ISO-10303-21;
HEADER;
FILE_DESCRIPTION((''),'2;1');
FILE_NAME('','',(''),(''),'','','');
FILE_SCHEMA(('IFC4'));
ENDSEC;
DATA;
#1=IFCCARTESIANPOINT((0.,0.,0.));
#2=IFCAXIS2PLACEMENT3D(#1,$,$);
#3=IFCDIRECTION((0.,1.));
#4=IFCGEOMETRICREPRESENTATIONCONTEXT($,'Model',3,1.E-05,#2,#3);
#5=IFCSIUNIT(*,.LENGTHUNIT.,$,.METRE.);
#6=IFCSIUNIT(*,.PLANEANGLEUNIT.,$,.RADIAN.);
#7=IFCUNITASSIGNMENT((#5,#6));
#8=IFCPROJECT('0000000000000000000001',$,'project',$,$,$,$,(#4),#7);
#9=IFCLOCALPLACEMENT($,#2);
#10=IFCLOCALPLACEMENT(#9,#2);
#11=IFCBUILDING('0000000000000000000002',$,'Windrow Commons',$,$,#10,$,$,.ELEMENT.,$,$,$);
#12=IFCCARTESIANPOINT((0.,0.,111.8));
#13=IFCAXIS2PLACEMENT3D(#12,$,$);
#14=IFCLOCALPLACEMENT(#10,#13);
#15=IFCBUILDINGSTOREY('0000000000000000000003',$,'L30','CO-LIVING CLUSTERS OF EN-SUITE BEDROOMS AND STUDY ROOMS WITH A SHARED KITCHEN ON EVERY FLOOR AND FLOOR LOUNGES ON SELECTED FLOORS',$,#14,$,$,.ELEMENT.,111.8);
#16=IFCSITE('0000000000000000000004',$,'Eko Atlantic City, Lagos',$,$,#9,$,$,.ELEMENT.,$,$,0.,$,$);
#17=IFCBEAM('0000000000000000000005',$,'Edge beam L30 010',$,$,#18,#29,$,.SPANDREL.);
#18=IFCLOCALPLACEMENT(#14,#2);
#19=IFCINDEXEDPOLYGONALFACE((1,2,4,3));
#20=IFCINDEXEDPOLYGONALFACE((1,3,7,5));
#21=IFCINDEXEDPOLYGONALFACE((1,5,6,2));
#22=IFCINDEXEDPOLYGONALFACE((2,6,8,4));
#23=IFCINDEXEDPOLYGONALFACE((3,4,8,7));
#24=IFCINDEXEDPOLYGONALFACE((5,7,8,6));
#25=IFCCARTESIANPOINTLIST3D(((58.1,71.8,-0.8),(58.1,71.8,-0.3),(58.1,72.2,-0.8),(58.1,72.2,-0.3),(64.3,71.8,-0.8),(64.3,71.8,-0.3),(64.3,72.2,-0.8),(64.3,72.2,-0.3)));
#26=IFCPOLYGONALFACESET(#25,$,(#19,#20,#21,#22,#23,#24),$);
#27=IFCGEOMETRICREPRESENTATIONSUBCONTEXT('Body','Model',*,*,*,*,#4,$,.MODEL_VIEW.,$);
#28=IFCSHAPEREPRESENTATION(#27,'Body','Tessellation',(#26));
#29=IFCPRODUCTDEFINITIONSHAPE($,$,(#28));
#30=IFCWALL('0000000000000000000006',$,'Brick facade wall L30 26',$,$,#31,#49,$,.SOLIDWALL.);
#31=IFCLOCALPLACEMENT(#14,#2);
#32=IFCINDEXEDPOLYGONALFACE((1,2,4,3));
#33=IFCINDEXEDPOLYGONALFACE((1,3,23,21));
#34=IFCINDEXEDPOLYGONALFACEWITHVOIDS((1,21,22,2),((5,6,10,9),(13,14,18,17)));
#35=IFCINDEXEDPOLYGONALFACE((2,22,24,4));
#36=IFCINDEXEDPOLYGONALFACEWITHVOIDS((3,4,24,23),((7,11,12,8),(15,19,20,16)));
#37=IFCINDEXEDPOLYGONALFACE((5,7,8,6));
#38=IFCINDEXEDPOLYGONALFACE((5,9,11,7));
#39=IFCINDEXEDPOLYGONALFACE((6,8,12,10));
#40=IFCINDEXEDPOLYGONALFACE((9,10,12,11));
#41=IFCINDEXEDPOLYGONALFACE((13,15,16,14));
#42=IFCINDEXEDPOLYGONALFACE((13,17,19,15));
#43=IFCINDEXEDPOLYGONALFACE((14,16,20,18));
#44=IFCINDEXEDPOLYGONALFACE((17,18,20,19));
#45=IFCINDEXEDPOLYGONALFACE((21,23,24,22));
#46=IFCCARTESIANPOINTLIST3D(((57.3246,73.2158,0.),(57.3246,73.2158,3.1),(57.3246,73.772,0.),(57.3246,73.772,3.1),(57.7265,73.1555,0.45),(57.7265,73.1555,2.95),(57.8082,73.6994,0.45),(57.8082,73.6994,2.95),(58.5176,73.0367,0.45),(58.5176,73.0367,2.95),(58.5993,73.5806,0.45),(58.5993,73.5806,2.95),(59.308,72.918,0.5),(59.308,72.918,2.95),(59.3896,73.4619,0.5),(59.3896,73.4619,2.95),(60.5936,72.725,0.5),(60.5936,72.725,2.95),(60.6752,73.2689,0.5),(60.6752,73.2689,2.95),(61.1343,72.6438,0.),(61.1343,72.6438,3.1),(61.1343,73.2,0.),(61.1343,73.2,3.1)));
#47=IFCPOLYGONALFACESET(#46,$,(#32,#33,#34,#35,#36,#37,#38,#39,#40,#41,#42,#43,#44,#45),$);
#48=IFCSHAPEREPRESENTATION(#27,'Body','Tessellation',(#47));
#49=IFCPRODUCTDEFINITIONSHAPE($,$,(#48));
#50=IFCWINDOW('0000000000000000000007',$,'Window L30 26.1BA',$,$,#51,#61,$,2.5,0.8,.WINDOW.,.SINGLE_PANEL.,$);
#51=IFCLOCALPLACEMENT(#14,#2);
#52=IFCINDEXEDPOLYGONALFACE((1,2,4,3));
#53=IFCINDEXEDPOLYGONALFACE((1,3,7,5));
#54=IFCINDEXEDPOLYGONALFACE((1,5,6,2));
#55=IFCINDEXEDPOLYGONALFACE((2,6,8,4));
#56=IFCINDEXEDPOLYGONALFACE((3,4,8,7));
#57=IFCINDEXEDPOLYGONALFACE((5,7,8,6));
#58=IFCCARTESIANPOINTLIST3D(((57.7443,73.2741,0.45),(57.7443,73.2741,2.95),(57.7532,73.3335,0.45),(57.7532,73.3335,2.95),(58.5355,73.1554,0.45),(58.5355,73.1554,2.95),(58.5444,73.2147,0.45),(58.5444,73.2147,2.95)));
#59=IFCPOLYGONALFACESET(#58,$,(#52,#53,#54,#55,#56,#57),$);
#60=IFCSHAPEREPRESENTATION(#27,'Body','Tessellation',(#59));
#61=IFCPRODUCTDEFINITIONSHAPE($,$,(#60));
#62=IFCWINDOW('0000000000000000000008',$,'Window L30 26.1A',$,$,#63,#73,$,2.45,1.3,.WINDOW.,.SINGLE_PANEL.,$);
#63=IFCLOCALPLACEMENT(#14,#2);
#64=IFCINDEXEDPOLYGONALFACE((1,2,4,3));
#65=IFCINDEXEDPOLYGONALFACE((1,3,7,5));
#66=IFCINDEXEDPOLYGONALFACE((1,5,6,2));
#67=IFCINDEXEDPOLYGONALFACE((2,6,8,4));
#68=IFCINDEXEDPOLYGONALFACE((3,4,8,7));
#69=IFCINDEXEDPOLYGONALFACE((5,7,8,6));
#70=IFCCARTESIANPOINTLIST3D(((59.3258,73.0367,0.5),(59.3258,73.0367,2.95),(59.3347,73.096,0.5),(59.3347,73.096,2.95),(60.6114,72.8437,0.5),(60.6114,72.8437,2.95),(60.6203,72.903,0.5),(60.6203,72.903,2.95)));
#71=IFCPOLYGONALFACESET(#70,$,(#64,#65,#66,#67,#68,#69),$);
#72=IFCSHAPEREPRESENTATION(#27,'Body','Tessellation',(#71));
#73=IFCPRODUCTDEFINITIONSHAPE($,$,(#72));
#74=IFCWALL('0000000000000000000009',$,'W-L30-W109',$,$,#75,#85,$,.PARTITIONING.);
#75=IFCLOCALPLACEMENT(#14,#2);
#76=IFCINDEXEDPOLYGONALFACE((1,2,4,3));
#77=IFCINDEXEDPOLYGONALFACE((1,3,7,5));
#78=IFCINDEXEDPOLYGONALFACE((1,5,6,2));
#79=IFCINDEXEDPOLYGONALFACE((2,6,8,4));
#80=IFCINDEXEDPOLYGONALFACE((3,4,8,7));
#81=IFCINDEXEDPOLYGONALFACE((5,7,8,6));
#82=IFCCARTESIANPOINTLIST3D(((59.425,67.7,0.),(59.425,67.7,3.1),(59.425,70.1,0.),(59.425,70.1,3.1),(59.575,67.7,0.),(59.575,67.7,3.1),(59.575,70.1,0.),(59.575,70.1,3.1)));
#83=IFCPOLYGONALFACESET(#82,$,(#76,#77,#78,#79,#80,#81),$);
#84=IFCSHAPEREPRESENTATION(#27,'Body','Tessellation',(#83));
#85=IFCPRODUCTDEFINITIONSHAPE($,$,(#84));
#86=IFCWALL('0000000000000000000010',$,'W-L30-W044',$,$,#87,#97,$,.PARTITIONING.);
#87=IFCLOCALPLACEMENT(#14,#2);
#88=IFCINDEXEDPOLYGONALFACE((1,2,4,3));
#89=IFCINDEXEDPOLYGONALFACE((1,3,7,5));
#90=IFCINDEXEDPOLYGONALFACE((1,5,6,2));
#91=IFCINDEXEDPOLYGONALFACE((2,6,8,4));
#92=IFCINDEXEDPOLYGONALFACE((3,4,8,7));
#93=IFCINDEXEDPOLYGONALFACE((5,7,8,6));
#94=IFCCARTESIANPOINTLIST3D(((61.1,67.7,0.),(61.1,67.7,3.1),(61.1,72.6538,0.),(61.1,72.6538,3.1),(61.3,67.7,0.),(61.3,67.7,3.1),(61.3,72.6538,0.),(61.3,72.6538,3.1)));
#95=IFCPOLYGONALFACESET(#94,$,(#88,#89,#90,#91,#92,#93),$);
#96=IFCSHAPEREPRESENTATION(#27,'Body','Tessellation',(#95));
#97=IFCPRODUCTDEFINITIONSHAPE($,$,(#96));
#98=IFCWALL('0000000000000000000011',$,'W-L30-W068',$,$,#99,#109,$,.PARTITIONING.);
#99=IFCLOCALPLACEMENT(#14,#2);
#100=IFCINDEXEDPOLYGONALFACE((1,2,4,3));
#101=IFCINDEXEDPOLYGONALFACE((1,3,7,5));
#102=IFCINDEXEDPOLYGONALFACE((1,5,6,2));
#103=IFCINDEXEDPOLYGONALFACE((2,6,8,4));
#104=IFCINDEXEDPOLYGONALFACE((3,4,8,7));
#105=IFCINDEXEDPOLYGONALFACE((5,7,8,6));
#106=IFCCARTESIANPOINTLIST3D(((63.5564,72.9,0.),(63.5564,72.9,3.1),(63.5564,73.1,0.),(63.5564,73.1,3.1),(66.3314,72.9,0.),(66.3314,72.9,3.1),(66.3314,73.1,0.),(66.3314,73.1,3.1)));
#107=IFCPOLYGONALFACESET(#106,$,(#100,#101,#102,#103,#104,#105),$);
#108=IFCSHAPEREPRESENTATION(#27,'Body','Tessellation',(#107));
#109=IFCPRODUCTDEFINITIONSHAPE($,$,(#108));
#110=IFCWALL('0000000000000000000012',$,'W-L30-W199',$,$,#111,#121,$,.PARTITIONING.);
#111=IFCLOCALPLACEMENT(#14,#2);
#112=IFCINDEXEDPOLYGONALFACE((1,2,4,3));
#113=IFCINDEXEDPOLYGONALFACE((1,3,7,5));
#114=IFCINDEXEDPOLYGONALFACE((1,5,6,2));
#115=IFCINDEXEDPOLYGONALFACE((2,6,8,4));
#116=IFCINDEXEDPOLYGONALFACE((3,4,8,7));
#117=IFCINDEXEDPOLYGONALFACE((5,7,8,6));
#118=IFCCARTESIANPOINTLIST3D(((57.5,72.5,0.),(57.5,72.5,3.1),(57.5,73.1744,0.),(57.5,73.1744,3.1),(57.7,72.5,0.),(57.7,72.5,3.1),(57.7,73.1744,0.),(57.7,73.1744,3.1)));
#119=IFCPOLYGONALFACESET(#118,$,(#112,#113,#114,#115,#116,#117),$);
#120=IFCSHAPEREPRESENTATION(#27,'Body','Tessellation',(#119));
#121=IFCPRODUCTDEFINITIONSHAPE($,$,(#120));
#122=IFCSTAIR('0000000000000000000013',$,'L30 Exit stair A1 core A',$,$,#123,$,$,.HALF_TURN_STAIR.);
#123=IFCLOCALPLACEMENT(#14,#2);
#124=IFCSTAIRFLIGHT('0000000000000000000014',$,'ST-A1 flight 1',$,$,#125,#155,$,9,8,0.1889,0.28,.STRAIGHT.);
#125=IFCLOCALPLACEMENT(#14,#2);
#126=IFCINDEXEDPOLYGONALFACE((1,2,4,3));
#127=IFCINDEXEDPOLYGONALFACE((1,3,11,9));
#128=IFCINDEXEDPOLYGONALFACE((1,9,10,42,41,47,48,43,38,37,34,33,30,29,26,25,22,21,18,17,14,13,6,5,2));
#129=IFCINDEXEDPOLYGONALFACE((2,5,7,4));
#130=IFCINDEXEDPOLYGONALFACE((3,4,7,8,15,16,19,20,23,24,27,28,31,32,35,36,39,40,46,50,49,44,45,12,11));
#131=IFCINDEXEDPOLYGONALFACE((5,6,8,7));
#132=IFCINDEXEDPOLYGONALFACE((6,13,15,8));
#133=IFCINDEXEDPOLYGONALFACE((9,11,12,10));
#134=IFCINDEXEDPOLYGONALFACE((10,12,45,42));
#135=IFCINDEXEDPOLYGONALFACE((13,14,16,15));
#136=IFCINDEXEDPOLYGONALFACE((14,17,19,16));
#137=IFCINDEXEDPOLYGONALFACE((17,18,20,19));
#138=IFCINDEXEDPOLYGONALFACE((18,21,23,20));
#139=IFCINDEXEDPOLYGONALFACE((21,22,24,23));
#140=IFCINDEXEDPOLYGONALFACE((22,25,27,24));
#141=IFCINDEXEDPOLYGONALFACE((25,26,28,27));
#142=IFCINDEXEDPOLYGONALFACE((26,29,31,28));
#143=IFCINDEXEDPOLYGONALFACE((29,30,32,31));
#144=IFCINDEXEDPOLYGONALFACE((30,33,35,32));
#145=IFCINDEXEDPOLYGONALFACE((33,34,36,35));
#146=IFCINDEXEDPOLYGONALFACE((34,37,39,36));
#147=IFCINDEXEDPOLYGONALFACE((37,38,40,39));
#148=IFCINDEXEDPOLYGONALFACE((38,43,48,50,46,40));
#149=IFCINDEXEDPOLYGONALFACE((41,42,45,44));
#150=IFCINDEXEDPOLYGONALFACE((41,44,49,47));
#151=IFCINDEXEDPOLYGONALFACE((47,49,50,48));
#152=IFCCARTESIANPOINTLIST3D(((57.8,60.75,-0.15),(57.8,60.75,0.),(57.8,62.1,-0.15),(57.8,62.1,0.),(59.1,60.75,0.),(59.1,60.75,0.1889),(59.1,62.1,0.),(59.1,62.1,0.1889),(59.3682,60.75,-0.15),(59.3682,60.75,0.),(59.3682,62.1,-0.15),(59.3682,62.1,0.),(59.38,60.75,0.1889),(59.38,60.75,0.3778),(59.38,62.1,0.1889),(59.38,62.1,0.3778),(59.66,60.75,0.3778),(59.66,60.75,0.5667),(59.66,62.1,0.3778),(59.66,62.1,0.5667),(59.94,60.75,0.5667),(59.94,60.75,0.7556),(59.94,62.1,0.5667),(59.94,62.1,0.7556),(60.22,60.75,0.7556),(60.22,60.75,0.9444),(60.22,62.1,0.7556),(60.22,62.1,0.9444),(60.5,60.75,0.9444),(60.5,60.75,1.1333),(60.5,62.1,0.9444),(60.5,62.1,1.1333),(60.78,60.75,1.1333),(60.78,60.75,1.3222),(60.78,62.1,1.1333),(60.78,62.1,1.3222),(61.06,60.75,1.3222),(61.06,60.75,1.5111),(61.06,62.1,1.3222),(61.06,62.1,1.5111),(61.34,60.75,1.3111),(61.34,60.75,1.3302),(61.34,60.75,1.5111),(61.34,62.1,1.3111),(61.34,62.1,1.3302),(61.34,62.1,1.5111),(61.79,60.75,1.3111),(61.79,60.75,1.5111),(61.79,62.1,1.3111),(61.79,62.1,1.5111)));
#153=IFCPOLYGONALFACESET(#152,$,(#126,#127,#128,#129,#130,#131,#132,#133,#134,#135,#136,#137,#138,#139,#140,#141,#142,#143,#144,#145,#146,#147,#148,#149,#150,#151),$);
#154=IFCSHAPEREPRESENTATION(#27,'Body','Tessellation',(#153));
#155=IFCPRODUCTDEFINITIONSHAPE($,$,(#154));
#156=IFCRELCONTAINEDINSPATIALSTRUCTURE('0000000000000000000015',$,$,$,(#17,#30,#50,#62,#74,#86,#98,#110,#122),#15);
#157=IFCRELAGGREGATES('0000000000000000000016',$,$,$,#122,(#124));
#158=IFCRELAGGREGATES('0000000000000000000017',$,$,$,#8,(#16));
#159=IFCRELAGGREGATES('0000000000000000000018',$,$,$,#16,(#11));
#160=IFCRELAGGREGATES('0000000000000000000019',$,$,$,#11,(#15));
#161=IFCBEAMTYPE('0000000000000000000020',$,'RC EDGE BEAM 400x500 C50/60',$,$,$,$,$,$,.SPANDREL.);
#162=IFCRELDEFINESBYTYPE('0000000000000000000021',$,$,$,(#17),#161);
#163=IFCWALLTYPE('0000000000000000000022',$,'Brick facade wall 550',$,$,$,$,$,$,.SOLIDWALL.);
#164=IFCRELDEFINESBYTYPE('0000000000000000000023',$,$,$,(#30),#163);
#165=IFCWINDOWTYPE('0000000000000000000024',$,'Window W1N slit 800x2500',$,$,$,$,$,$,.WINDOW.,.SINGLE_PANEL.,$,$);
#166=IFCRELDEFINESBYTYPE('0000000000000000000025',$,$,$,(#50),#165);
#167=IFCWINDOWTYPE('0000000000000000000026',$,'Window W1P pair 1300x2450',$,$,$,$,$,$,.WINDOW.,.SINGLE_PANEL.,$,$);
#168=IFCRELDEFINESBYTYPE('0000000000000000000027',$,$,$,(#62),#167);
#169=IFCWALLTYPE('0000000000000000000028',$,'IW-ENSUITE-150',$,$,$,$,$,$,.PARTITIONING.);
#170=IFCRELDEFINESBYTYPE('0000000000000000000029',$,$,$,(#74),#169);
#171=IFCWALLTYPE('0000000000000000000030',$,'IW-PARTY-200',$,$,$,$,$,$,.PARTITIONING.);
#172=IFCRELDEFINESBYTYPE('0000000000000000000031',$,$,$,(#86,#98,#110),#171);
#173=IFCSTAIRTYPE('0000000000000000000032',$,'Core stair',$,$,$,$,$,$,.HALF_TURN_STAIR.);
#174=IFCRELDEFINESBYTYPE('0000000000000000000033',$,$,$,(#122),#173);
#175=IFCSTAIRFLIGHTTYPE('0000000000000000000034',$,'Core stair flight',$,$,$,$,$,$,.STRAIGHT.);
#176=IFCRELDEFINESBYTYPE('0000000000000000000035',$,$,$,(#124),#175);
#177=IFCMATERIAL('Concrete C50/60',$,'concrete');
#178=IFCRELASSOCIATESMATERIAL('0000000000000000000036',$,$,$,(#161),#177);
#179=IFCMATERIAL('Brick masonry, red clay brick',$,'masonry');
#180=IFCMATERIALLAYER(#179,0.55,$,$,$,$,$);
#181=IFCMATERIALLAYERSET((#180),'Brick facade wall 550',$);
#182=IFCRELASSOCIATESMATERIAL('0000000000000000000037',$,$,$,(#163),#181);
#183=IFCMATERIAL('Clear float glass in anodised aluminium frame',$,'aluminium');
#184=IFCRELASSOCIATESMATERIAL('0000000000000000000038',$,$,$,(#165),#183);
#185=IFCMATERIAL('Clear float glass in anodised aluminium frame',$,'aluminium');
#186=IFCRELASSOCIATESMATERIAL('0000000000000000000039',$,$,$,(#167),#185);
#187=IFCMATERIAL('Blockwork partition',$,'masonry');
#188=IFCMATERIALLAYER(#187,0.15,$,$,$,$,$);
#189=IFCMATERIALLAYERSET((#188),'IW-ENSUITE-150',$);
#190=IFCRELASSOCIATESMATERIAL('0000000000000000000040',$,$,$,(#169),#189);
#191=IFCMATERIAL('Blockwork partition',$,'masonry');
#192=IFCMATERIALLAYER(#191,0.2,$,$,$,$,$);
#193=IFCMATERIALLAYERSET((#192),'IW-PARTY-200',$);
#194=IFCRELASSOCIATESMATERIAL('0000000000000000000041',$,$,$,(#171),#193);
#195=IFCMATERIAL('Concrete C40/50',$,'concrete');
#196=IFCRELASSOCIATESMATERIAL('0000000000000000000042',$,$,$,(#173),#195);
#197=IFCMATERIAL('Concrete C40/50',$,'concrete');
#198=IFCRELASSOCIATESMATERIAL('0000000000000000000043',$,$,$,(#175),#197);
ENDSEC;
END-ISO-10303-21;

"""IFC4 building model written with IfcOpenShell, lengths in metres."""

from ifc_helpers import new_model, si_unit, direction, frame, frame_2d, origin, origin_2d, place, context, subcontext, project, spatial, polyline, rectangle, outline, extrude, material, layer, layer_set, material_profile, profile_set, type_object, element, fill, aggregate, save


model = new_model("IFC4")

# Units and contexts
model_context = context("Model", 3, precision=1e-05, world=origin(), true_north=direction((0.0, 1.0)))
body_context = subcontext(model_context, "Body", "Model", "MODEL_VIEW")
ifc_project = project(units=[si_unit("LENGTHUNIT", "METRE"), si_unit("PLANEANGLEUNIT", "RADIAN")], contexts=[model_context])

# Site, building, storey
site_placement = place(None, origin())
site = spatial("IfcSite", under=ifc_project, at=site_placement, Name="Eko Atlantic City, Lagos", CompositionType="ELEMENT", RefElevation=0.0)
building_placement = place(site_placement, origin())
building = spatial("IfcBuilding", under=site, at=building_placement, Name="Windrow Commons", CompositionType="ELEMENT")
storey_placement = place(building_placement, frame((0.0, 0.0, 111.8)))
storey = spatial("IfcBuildingStorey", under=building, at=storey_placement, Name="L30", Description="CO-LIVING CLUSTERS OF EN-SUITE BEDROOMS AND STUDY ROOMS WITH A SHARED KITCHEN ON EVERY FLOOR AND FLOOR LOUNGES ON SELECTED FLOORS", CompositionType="ELEMENT", Elevation=111.8)

# Beam
ifc_material_1 = material(Name="Concrete C50/60", Category="concrete")
ifc_material_profile = material_profile(ifc_material_1, rectangle(XDim=0.4, YDim=0.5, at=origin_2d()))
ifc_profile_set = profile_set([ifc_material_profile], Name="Concrete C50/60")
beam_type = type_object("IfcBeamType", Name="RC EDGE BEAM 400x500 C50/60", PredefinedType="SPANDREL", material=ifc_profile_set)
beam_placement = place(storey_placement, frame((58.1, 72.0, -0.55), z_axis=(1.0, 0.0, 0.0), x_axis=(0.0, 1.0, 0.0)))
element("IfcBeam", 1, at=beam_placement, inside=storey, type_object=beam_type, Name="Edge beam L30 010", PredefinedType="SPANDREL", context=body_context, shape_type="SweptSolid", body=[
    extrude(rectangle(XDim=0.4, YDim=0.5, at=origin_2d()), origin(), (0.0, 0.0, 1.0), 6.2),
])

# Wall, openings, windows
ifc_material_2 = material(Name="Brick masonry, red clay brick", Category="masonry")
ifc_layer_1 = layer(ifc_material_2, 0.55)
ifc_layer_set_1 = layer_set([ifc_layer_1], Name="Brick facade wall 550")
wall_type_1 = type_object("IfcWallType", Name="Brick facade wall 550", PredefinedType="SOLIDWALL", material=ifc_layer_set_1)
wall_1_placement = place(storey_placement, frame((61.1343, 72.9219, 0.0), z_axis=(0.0, 0.0, 1.0), x_axis=(-0.988916, 0.148479, 0.0)))
wall_1 = element("IfcWall", 2, at=wall_1_placement, inside=storey, type_object=wall_type_1, Name="Brick facade wall L30 26", PredefinedType="SOLIDWALL", context=body_context, shape_type="SweptSolid", body=[
    extrude(outline(polyline([(0.0413, -0.275), (3.8937, -0.275), (3.8111, 0.275), (-0.0413, 0.275), (0.0413, -0.275)])), origin(), (0.0, 0.0, 1.0), 3.1),
])
opening_1_placement = place(wall_1_placement, frame((0.5055, 0.0, 0.5)))
opening_1 = element("IfcOpeningElement", 3, at=opening_1_placement, cuts=wall_1, PredefinedType="OPENING", context=body_context, shape_type="SweptSolid", body=[
    extrude(rectangle(XDim=1.3, YDim=2.45, at=frame_2d((0.65, 1.225))), frame((0.0, 0.285, 0.0), z_axis=(0.0, -1.0, 0.0), x_axis=(1.0, 0.0, 0.0)), (0.0, 0.0, 1.0), 0.57),
])
opening_2_placement = place(wall_1_placement, frame((2.6047, 0.0, 0.45)))
opening_2 = element("IfcOpeningElement", 4, at=opening_2_placement, cuts=wall_1, PredefinedType="OPENING", context=body_context, shape_type="SweptSolid", body=[
    extrude(rectangle(XDim=0.8, YDim=2.5, at=frame_2d((0.4, 1.25))), frame((0.0, 0.285, 0.0), z_axis=(0.0, -1.0, 0.0), x_axis=(1.0, 0.0, 0.0)), (0.0, 0.0, 1.0), 0.57),
])
ifc_material_3 = material(Name="Clear float glass in anodised aluminium frame", Category="aluminium")
window_type_1 = type_object("IfcWindowType", Name="Window W1N slit 800x2500", PartitioningType="SINGLE_PANEL", PredefinedType="WINDOW", material=ifc_material_3)
window_1_placement = place(opening_2_placement, origin())
window_1 = element("IfcWindow", 5, at=window_1_placement, inside=storey, type_object=window_type_1, Name="Window L30 26.1BA", OverallHeight=2.5, OverallWidth=0.8, PartitioningType="SINGLE_PANEL", PredefinedType="WINDOW", context=body_context, shape_type="SweptSolid", body=[
    extrude(rectangle(XDim=0.8, YDim=2.5, at=frame_2d((0.4, 1.25))), frame((0.0, 0.155, 0.0), z_axis=(0.0, -1.0, 0.0), x_axis=(1.0, 0.0, 0.0)), (0.0, 0.0, 1.0), 0.06),
])
fill(opening_2, window_1)
ifc_material_4 = material(Name="Clear float glass in anodised aluminium frame", Category="aluminium")
window_type_2 = type_object("IfcWindowType", Name="Window W1P pair 1300x2450", PartitioningType="SINGLE_PANEL", PredefinedType="WINDOW", material=ifc_material_4)
window_2_placement = place(opening_1_placement, origin())
window_2 = element("IfcWindow", 6, at=window_2_placement, inside=storey, type_object=window_type_2, Name="Window L30 26.1A", OverallHeight=2.45, OverallWidth=1.3, PartitioningType="SINGLE_PANEL", PredefinedType="WINDOW", context=body_context, shape_type="SweptSolid", body=[
    extrude(rectangle(XDim=1.3, YDim=2.45, at=frame_2d((0.65, 1.225))), frame((0.0, 0.155, 0.0), z_axis=(0.0, -1.0, 0.0), x_axis=(1.0, 0.0, 0.0)), (0.0, 0.0, 1.0), 0.06),
])
fill(opening_1, window_2)

# Walls
ifc_material_5 = material(Name="Blockwork partition", Category="masonry")
ifc_layer_2 = layer(ifc_material_5, 0.15)
ifc_layer_set_2 = layer_set([ifc_layer_2], Name="IW-ENSUITE-150")
wall_type_2 = type_object("IfcWallType", Name="IW-ENSUITE-150", PredefinedType="PARTITIONING", material=ifc_layer_set_2)
wall_2_placement = place(storey_placement, frame((59.5, 67.7, 0.0), z_axis=(0.0, 0.0, 1.0), x_axis=(0.0, 1.0, 0.0)))
element("IfcWall", 7, at=wall_2_placement, inside=storey, type_object=wall_type_2, Name="W-L30-W109", PredefinedType="PARTITIONING", context=body_context, shape_type="SweptSolid", body=[
    extrude(rectangle(XDim=2.4, YDim=0.15, at=frame_2d((1.2, 0.0))), origin(), (0.0, 0.0, 1.0), 3.1),
])
ifc_material_6 = material(Name="Blockwork partition", Category="masonry")
ifc_layer_3 = layer(ifc_material_6, 0.2)
ifc_layer_set_3 = layer_set([ifc_layer_3], Name="IW-PARTY-200")
wall_type_3 = type_object("IfcWallType", Name="IW-PARTY-200", PredefinedType="PARTITIONING", material=ifc_layer_set_3)
wall_3_placement = place(storey_placement, frame((61.2, 67.7, 0.0), z_axis=(0.0, 0.0, 1.0), x_axis=(0.0, 1.0, 0.0)))
element("IfcWall", 8, at=wall_3_placement, inside=storey, type_object=wall_type_3, Name="W-L30-W044", PredefinedType="PARTITIONING", context=body_context, shape_type="SweptSolid", body=[
    extrude(rectangle(XDim=4.9537, YDim=0.2, at=frame_2d((2.4769, 0.0))), origin(), (0.0, 0.0, 1.0), 3.1),
])
wall_4_placement = place(storey_placement, frame((63.5564, 73.0, 0.0), z_axis=(0.0, 0.0, 1.0), x_axis=(1.0, 0.0, 0.0)))
element("IfcWall", 9, at=wall_4_placement, inside=storey, type_object=wall_type_3, Name="W-L30-W068", PredefinedType="PARTITIONING", context=body_context, shape_type="SweptSolid", body=[
    extrude(rectangle(XDim=2.775, YDim=0.2, at=frame_2d((1.3875, 0.0))), origin(), (0.0, 0.0, 1.0), 3.1),
])
wall_5_placement = place(storey_placement, frame((57.6, 72.5, 0.0), z_axis=(0.0, 0.0, 1.0), x_axis=(0.0, 1.0, 0.0)))
element("IfcWall", 10, at=wall_5_placement, inside=storey, type_object=wall_type_3, Name="W-L30-W199", PredefinedType="PARTITIONING", context=body_context, shape_type="SweptSolid", body=[
    extrude(rectangle(XDim=0.6745, YDim=0.2, at=frame_2d((0.3372, 0.0))), origin(), (0.0, 0.0, 1.0), 3.1),
])

# Stair, stair flight
ifc_material_7 = material(Name="Concrete C40/50", Category="concrete")
stair_type = type_object("IfcStairType", Name="Core stair", PredefinedType="HALF_TURN_STAIR", material=ifc_material_7)
stair_placement = place(storey_placement, origin())
stair = element("IfcStair", 11, at=stair_placement, inside=storey, type_object=stair_type, Name="L30 Exit stair A1 core A", PredefinedType="HALF_TURN_STAIR")
ifc_material_8 = material(Name="Concrete C40/50", Category="concrete")
stair_flight_type = type_object("IfcStairFlightType", Name="Core stair flight", PredefinedType="STRAIGHT", material=ifc_material_8)
stair_flight_1_placement = place(storey_placement, frame((59.1, 61.425, 0.0), z_axis=(0.0, 0.0, 1.0), x_axis=(1.0, 0.0, 0.0)))
stair_flight_1 = element("IfcStairFlight", 12, at=stair_flight_1_placement, type_object=stair_flight_type, Name="ST-A1 flight 1", NumberOfRisers=9, NumberOfTreads=8, PredefinedType="STRAIGHT", RiserHeight=0.1889, TreadLength=0.28, context=body_context, shape_type="SweptSolid", body=[
    extrude(outline(polyline([(-1.3, -0.15), (-1.3, 0.0), (0.0, 0.0), (0.0, 0.1889), (0.28, 0.1889), (0.28, 0.3778), (0.56, 0.3778), (0.56, 0.5667), (0.84, 0.5667), (0.84, 0.7556), (1.12, 0.7556), (1.12, 0.9444), (1.4, 0.9444), (1.4, 1.1333), (1.68, 1.1333), (1.68, 1.3222), (1.96, 1.3222), (1.96, 1.5111), (2.24, 1.5111), (2.69, 1.5111), (2.69, 1.3111), (2.24, 1.3111), (2.24, 1.3302), (0.2682, 0.0), (0.2682, -0.15), (-1.3, -0.15)])), frame((0.0, 0.675, 0.0), z_axis=(0.0, -1.0, 0.0), x_axis=(1.0, 0.0, 0.0)), (0.0, 0.0, 1.0), 1.35),
])
aggregate(stair, [stair_flight_1])

save(model, "model.ifc")
